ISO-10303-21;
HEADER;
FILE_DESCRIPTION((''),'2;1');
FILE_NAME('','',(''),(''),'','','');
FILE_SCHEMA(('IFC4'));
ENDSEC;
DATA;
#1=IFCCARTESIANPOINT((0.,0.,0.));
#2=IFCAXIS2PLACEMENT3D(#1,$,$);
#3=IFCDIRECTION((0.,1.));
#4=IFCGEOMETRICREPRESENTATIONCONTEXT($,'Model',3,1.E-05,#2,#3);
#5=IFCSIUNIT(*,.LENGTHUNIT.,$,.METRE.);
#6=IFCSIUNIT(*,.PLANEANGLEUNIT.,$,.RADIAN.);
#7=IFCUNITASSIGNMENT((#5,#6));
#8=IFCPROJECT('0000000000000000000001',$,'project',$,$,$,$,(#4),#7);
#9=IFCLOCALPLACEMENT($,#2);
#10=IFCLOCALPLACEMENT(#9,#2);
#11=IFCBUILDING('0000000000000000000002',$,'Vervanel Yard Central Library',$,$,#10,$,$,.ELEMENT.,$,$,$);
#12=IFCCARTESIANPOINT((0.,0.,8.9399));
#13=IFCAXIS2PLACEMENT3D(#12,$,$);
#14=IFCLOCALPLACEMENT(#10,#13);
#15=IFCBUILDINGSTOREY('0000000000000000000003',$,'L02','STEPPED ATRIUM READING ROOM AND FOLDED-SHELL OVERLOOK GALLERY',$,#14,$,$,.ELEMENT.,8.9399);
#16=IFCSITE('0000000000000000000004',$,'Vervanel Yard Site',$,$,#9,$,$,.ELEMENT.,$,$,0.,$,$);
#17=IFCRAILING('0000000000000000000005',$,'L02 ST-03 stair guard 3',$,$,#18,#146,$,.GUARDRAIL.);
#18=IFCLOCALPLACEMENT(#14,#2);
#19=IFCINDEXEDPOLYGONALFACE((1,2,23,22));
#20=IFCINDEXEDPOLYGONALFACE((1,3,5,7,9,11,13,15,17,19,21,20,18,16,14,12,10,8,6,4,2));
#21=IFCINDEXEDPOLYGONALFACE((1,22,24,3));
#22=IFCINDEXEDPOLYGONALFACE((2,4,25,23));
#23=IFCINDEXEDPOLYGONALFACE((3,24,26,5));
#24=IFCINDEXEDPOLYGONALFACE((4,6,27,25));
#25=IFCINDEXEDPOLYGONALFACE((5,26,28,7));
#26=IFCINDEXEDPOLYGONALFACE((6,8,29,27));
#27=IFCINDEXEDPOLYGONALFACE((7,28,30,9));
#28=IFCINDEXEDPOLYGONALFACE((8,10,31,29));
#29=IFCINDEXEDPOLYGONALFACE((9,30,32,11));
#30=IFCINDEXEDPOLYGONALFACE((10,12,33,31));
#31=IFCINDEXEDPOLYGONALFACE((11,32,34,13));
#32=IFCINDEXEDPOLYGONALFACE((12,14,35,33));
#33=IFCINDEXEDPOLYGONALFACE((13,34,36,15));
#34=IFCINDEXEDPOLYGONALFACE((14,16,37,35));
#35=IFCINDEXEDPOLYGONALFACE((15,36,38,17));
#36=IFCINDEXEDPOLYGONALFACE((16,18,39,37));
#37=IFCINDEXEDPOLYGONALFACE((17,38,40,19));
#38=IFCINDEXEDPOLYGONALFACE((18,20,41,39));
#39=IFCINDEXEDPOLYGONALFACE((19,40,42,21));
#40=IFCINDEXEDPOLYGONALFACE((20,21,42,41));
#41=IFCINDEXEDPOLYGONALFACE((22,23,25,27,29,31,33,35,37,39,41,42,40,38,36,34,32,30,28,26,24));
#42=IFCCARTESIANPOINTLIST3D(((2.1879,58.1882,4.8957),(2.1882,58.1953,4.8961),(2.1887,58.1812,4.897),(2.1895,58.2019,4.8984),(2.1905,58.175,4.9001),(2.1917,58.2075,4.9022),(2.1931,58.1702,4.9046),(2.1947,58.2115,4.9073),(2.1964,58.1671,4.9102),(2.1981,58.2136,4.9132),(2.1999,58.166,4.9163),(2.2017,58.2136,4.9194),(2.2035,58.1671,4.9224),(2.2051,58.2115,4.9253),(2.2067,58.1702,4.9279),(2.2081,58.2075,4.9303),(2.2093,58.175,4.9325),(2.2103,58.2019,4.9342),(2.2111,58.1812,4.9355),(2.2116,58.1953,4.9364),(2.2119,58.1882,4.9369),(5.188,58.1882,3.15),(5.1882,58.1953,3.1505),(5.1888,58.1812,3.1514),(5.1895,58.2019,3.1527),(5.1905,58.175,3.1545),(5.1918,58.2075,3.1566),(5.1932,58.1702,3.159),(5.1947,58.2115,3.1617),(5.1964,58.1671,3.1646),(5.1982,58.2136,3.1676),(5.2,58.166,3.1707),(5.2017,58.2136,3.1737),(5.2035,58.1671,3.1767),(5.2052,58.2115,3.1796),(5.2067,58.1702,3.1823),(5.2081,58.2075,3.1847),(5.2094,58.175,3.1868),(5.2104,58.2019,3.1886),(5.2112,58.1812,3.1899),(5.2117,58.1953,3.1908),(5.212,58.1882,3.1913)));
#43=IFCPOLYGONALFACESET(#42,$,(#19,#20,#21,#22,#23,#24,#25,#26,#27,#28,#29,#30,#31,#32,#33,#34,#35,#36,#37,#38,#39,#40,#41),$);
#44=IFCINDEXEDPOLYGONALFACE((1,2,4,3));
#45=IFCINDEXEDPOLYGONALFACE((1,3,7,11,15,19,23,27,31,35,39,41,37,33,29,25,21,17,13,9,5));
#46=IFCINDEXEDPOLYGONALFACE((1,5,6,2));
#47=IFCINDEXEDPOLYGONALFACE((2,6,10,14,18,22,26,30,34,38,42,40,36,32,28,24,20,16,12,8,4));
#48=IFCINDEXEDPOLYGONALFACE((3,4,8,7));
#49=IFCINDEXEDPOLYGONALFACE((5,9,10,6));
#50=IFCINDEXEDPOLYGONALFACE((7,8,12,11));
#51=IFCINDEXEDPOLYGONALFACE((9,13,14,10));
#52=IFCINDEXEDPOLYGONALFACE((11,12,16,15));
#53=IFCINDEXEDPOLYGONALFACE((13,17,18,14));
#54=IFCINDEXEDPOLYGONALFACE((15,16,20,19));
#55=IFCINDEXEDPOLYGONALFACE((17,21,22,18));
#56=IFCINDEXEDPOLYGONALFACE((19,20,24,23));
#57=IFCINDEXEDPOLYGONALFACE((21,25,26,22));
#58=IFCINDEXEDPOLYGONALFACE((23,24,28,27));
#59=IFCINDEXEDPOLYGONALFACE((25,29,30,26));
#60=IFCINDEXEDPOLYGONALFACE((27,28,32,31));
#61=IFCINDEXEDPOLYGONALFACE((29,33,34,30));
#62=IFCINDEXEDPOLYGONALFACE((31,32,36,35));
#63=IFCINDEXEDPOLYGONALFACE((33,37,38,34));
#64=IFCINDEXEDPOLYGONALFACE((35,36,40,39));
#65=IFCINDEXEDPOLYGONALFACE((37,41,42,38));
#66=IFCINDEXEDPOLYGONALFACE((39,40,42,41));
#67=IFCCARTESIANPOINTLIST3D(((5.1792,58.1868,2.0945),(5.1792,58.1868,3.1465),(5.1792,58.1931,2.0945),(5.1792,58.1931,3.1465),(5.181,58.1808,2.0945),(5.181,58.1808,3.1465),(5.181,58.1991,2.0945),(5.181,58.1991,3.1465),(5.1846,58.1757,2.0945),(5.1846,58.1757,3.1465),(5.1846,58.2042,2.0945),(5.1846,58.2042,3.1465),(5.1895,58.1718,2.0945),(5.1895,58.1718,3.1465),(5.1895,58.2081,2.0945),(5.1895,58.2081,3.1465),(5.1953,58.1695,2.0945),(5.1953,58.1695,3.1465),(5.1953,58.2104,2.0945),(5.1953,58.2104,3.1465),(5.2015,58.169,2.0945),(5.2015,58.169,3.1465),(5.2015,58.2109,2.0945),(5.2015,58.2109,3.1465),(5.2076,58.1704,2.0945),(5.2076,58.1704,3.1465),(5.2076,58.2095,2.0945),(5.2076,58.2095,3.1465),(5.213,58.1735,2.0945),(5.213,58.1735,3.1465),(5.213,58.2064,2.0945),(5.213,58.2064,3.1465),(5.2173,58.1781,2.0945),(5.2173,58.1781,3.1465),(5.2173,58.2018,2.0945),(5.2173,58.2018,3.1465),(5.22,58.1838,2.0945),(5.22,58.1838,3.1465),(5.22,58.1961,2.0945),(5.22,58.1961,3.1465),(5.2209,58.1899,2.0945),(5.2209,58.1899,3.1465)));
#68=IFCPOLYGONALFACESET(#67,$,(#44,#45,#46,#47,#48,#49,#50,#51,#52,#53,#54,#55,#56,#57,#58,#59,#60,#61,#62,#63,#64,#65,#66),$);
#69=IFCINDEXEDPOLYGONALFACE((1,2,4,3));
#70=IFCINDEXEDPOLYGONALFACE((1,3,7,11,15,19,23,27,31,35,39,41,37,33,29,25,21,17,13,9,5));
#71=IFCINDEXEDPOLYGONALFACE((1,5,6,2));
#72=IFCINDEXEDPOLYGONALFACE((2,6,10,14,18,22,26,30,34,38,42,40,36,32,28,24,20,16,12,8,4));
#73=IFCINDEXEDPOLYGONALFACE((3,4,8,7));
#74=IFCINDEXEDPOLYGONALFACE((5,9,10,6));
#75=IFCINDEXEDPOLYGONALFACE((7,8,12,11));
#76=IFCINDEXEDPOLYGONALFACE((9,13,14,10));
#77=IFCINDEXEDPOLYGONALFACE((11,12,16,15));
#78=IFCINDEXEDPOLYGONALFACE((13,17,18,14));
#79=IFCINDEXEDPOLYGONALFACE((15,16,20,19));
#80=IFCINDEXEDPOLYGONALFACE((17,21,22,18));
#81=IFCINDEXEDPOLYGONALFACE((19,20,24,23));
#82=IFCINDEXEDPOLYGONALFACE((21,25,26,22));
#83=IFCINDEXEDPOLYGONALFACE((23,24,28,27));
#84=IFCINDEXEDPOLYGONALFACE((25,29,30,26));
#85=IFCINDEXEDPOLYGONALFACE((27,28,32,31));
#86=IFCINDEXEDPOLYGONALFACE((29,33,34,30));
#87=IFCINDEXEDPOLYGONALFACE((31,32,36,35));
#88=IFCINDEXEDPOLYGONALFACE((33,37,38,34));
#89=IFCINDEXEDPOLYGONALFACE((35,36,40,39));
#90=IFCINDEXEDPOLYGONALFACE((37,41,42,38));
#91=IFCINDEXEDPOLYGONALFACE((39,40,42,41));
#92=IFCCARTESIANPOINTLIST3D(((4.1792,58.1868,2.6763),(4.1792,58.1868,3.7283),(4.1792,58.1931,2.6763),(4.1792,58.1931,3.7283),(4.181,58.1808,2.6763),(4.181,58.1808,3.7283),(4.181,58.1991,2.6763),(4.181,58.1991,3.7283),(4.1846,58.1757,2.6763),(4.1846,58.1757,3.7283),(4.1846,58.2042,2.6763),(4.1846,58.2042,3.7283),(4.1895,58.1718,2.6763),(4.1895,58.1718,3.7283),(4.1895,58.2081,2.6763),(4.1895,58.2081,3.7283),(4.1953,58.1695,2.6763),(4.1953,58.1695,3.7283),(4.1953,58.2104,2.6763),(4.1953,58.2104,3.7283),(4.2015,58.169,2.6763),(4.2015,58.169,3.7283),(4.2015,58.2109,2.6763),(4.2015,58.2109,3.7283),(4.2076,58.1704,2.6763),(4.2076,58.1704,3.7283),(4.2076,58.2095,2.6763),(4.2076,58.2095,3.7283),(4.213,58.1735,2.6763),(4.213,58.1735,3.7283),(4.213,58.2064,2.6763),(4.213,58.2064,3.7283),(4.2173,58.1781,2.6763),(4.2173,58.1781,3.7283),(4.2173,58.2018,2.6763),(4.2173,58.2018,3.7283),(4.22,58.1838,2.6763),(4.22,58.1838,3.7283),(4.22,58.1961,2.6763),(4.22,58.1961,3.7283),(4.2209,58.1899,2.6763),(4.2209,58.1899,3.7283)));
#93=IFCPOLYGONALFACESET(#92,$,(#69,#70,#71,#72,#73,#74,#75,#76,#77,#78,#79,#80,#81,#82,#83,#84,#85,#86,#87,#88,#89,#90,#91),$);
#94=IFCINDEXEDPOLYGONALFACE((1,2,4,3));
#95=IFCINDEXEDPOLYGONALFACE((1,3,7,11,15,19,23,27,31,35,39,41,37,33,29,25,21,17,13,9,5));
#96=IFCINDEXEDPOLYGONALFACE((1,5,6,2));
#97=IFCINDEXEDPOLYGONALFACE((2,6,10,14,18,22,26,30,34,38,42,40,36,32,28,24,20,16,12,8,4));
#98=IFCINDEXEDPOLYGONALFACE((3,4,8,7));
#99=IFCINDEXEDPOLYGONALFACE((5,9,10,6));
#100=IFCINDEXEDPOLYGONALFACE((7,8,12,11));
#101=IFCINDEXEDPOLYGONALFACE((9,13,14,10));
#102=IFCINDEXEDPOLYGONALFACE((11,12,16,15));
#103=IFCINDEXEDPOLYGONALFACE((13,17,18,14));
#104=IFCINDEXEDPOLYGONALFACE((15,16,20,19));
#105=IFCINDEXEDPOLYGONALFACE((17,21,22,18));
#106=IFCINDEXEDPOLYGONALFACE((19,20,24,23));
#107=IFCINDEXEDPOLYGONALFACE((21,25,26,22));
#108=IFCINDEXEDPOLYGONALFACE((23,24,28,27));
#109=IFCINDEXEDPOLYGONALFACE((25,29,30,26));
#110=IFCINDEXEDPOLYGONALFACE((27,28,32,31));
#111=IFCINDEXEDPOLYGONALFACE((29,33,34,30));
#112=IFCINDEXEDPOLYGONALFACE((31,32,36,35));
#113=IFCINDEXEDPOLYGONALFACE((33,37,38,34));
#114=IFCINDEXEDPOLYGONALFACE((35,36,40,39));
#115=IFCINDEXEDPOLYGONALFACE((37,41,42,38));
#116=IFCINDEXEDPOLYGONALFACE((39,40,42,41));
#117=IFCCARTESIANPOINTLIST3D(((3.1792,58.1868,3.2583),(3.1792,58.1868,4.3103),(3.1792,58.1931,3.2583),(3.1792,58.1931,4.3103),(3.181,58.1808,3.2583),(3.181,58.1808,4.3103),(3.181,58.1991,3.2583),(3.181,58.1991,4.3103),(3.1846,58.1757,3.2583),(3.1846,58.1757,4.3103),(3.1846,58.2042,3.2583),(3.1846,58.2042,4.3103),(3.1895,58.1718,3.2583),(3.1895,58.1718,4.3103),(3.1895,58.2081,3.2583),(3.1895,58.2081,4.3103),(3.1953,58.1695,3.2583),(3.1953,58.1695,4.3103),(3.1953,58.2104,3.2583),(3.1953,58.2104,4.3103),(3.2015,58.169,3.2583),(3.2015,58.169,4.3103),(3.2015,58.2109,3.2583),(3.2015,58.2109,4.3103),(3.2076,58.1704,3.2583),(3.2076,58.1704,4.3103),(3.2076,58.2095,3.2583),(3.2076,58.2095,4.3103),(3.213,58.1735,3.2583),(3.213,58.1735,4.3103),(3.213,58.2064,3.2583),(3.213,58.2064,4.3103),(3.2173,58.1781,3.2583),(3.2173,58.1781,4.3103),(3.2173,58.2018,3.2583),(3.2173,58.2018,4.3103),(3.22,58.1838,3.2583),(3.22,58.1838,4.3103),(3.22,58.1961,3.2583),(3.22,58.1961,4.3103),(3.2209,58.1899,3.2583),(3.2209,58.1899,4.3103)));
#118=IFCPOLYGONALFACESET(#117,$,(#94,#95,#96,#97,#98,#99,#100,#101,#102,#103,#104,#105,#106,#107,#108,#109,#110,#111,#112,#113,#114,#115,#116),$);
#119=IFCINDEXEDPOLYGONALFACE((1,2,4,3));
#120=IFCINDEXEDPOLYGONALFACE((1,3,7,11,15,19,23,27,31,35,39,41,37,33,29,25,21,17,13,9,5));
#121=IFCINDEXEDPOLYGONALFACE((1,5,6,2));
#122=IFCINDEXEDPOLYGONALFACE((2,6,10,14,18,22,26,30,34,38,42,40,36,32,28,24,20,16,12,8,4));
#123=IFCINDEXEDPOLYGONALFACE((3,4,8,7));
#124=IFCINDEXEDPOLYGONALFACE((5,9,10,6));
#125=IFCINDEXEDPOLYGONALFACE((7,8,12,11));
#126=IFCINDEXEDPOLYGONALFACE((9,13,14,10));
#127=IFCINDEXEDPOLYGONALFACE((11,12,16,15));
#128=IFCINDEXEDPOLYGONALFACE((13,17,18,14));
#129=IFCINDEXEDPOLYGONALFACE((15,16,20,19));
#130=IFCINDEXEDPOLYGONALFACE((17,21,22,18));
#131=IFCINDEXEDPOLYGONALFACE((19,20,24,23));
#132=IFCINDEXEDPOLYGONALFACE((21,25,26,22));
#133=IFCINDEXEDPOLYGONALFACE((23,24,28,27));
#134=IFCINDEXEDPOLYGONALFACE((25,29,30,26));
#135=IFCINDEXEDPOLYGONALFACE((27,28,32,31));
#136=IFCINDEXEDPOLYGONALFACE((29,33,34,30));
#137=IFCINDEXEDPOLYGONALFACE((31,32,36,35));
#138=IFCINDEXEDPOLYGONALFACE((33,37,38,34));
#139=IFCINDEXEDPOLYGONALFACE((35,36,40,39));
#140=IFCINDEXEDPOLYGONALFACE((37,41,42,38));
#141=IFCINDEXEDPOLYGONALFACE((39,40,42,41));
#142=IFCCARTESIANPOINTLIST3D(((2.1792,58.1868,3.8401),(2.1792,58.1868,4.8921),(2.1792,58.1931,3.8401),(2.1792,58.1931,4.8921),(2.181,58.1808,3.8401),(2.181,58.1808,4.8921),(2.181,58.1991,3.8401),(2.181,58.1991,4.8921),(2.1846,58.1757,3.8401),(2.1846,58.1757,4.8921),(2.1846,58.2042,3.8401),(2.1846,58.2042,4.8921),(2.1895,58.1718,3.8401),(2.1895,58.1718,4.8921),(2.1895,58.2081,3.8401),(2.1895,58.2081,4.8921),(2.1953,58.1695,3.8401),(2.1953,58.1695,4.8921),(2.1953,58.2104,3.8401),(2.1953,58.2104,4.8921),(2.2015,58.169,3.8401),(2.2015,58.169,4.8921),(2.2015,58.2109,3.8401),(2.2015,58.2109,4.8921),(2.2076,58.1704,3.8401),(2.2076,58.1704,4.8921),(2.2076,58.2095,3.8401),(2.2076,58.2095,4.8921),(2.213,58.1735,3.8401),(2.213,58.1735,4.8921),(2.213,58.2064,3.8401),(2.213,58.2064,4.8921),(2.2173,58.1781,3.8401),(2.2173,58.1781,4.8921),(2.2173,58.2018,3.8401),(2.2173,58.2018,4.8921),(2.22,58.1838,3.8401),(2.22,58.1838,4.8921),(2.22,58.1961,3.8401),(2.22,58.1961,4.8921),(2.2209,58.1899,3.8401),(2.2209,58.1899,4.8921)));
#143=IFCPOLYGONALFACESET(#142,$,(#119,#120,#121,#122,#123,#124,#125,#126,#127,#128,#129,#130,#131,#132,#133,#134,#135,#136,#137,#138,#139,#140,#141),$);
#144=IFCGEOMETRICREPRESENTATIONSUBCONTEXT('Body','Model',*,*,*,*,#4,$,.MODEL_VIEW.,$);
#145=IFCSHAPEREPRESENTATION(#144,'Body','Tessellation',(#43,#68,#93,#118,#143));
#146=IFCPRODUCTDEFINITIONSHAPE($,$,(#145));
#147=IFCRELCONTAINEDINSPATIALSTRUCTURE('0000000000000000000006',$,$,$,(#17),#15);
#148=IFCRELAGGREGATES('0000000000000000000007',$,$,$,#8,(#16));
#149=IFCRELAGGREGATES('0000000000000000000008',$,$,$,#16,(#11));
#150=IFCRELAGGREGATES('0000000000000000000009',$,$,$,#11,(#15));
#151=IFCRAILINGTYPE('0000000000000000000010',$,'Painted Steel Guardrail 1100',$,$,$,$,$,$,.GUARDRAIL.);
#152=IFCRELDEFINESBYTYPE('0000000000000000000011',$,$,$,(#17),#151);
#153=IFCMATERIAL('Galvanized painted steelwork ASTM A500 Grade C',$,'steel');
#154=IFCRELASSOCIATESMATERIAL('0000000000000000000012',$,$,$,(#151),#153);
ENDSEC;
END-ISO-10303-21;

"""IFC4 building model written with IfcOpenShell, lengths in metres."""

from ifc_helpers import new_model, si_unit, direction, frame, origin, origin_2d, place, context, subcontext, project, spatial, circle, extrude, material, type_object, element, save


model = new_model("IFC4")

# Units and contexts
model_context = context("Model", 3, precision=1e-05, world=origin(), true_north=direction((0.0, 1.0)))
body_context = subcontext(model_context, "Body", "Model", "MODEL_VIEW")
ifc_project = project(units=[si_unit("LENGTHUNIT", "METRE"), si_unit("PLANEANGLEUNIT", "RADIAN")], contexts=[model_context])

# Site, building, storey
site_placement = place(None, origin())
site = spatial("IfcSite", under=ifc_project, at=site_placement, Name="Vervanel Yard Site", CompositionType="ELEMENT", RefElevation=0.0)
building_placement = place(site_placement, origin())
building = spatial("IfcBuilding", under=site, at=building_placement, Name="Vervanel Yard Central Library", CompositionType="ELEMENT")
storey_placement = place(building_placement, frame((0.0, 0.0, 8.9399)))
storey = spatial("IfcBuildingStorey", under=building, at=storey_placement, Name="L02", Description="STEPPED ATRIUM READING ROOM AND FOLDED-SHELL OVERLOOK GALLERY", CompositionType="ELEMENT", Elevation=8.9399)

# Shared definitions
ifc_material_1 = material(Name="Galvanized painted steelwork ASTM A500 Grade C", Category="steel")

# Railing
railing_type_1 = type_object("IfcRailingType", Name="Painted Steel Guardrail 1100", PredefinedType="GUARDRAIL", material=ifc_material_1)
railing_1_placement = place(storey_placement, frame((5.2, 58.1899, 2.0945)))
element("IfcRailing", 1, at=railing_1_placement, inside=storey, type_object=railing_type_1, Name="L02 ST-03 stair guard 3", PredefinedType="GUARDRAIL", context=body_context, shape_type="SweptSolid", body=[
    extrude(circle(Radius=0.0239, at=origin_2d()), frame((0.0, 0.0, 1.0762), z_axis=(-0.864329, 0.0, 0.502926), x_axis=(0.0, -1.0, 0.0)), (0.0, 0.0, 1.0), 3.4709),
    extrude(circle(Radius=0.021, at=origin_2d()), origin(), (0.0, 0.0, 1.0), 1.052),
    extrude(circle(Radius=0.021, at=origin_2d()), frame((-1.0, 0.0, 0.5818)), (0.0, 0.0, 1.0), 1.052),
    extrude(circle(Radius=0.021, at=origin_2d()), frame((-2.0, 0.0, 1.1638)), (0.0, 0.0, 1.0), 1.052),
    extrude(circle(Radius=0.021, at=origin_2d()), frame((-3.0, 0.0, 1.7456)), (0.0, 0.0, 1.0), 1.052),
])

save(model, "model.ifc")
